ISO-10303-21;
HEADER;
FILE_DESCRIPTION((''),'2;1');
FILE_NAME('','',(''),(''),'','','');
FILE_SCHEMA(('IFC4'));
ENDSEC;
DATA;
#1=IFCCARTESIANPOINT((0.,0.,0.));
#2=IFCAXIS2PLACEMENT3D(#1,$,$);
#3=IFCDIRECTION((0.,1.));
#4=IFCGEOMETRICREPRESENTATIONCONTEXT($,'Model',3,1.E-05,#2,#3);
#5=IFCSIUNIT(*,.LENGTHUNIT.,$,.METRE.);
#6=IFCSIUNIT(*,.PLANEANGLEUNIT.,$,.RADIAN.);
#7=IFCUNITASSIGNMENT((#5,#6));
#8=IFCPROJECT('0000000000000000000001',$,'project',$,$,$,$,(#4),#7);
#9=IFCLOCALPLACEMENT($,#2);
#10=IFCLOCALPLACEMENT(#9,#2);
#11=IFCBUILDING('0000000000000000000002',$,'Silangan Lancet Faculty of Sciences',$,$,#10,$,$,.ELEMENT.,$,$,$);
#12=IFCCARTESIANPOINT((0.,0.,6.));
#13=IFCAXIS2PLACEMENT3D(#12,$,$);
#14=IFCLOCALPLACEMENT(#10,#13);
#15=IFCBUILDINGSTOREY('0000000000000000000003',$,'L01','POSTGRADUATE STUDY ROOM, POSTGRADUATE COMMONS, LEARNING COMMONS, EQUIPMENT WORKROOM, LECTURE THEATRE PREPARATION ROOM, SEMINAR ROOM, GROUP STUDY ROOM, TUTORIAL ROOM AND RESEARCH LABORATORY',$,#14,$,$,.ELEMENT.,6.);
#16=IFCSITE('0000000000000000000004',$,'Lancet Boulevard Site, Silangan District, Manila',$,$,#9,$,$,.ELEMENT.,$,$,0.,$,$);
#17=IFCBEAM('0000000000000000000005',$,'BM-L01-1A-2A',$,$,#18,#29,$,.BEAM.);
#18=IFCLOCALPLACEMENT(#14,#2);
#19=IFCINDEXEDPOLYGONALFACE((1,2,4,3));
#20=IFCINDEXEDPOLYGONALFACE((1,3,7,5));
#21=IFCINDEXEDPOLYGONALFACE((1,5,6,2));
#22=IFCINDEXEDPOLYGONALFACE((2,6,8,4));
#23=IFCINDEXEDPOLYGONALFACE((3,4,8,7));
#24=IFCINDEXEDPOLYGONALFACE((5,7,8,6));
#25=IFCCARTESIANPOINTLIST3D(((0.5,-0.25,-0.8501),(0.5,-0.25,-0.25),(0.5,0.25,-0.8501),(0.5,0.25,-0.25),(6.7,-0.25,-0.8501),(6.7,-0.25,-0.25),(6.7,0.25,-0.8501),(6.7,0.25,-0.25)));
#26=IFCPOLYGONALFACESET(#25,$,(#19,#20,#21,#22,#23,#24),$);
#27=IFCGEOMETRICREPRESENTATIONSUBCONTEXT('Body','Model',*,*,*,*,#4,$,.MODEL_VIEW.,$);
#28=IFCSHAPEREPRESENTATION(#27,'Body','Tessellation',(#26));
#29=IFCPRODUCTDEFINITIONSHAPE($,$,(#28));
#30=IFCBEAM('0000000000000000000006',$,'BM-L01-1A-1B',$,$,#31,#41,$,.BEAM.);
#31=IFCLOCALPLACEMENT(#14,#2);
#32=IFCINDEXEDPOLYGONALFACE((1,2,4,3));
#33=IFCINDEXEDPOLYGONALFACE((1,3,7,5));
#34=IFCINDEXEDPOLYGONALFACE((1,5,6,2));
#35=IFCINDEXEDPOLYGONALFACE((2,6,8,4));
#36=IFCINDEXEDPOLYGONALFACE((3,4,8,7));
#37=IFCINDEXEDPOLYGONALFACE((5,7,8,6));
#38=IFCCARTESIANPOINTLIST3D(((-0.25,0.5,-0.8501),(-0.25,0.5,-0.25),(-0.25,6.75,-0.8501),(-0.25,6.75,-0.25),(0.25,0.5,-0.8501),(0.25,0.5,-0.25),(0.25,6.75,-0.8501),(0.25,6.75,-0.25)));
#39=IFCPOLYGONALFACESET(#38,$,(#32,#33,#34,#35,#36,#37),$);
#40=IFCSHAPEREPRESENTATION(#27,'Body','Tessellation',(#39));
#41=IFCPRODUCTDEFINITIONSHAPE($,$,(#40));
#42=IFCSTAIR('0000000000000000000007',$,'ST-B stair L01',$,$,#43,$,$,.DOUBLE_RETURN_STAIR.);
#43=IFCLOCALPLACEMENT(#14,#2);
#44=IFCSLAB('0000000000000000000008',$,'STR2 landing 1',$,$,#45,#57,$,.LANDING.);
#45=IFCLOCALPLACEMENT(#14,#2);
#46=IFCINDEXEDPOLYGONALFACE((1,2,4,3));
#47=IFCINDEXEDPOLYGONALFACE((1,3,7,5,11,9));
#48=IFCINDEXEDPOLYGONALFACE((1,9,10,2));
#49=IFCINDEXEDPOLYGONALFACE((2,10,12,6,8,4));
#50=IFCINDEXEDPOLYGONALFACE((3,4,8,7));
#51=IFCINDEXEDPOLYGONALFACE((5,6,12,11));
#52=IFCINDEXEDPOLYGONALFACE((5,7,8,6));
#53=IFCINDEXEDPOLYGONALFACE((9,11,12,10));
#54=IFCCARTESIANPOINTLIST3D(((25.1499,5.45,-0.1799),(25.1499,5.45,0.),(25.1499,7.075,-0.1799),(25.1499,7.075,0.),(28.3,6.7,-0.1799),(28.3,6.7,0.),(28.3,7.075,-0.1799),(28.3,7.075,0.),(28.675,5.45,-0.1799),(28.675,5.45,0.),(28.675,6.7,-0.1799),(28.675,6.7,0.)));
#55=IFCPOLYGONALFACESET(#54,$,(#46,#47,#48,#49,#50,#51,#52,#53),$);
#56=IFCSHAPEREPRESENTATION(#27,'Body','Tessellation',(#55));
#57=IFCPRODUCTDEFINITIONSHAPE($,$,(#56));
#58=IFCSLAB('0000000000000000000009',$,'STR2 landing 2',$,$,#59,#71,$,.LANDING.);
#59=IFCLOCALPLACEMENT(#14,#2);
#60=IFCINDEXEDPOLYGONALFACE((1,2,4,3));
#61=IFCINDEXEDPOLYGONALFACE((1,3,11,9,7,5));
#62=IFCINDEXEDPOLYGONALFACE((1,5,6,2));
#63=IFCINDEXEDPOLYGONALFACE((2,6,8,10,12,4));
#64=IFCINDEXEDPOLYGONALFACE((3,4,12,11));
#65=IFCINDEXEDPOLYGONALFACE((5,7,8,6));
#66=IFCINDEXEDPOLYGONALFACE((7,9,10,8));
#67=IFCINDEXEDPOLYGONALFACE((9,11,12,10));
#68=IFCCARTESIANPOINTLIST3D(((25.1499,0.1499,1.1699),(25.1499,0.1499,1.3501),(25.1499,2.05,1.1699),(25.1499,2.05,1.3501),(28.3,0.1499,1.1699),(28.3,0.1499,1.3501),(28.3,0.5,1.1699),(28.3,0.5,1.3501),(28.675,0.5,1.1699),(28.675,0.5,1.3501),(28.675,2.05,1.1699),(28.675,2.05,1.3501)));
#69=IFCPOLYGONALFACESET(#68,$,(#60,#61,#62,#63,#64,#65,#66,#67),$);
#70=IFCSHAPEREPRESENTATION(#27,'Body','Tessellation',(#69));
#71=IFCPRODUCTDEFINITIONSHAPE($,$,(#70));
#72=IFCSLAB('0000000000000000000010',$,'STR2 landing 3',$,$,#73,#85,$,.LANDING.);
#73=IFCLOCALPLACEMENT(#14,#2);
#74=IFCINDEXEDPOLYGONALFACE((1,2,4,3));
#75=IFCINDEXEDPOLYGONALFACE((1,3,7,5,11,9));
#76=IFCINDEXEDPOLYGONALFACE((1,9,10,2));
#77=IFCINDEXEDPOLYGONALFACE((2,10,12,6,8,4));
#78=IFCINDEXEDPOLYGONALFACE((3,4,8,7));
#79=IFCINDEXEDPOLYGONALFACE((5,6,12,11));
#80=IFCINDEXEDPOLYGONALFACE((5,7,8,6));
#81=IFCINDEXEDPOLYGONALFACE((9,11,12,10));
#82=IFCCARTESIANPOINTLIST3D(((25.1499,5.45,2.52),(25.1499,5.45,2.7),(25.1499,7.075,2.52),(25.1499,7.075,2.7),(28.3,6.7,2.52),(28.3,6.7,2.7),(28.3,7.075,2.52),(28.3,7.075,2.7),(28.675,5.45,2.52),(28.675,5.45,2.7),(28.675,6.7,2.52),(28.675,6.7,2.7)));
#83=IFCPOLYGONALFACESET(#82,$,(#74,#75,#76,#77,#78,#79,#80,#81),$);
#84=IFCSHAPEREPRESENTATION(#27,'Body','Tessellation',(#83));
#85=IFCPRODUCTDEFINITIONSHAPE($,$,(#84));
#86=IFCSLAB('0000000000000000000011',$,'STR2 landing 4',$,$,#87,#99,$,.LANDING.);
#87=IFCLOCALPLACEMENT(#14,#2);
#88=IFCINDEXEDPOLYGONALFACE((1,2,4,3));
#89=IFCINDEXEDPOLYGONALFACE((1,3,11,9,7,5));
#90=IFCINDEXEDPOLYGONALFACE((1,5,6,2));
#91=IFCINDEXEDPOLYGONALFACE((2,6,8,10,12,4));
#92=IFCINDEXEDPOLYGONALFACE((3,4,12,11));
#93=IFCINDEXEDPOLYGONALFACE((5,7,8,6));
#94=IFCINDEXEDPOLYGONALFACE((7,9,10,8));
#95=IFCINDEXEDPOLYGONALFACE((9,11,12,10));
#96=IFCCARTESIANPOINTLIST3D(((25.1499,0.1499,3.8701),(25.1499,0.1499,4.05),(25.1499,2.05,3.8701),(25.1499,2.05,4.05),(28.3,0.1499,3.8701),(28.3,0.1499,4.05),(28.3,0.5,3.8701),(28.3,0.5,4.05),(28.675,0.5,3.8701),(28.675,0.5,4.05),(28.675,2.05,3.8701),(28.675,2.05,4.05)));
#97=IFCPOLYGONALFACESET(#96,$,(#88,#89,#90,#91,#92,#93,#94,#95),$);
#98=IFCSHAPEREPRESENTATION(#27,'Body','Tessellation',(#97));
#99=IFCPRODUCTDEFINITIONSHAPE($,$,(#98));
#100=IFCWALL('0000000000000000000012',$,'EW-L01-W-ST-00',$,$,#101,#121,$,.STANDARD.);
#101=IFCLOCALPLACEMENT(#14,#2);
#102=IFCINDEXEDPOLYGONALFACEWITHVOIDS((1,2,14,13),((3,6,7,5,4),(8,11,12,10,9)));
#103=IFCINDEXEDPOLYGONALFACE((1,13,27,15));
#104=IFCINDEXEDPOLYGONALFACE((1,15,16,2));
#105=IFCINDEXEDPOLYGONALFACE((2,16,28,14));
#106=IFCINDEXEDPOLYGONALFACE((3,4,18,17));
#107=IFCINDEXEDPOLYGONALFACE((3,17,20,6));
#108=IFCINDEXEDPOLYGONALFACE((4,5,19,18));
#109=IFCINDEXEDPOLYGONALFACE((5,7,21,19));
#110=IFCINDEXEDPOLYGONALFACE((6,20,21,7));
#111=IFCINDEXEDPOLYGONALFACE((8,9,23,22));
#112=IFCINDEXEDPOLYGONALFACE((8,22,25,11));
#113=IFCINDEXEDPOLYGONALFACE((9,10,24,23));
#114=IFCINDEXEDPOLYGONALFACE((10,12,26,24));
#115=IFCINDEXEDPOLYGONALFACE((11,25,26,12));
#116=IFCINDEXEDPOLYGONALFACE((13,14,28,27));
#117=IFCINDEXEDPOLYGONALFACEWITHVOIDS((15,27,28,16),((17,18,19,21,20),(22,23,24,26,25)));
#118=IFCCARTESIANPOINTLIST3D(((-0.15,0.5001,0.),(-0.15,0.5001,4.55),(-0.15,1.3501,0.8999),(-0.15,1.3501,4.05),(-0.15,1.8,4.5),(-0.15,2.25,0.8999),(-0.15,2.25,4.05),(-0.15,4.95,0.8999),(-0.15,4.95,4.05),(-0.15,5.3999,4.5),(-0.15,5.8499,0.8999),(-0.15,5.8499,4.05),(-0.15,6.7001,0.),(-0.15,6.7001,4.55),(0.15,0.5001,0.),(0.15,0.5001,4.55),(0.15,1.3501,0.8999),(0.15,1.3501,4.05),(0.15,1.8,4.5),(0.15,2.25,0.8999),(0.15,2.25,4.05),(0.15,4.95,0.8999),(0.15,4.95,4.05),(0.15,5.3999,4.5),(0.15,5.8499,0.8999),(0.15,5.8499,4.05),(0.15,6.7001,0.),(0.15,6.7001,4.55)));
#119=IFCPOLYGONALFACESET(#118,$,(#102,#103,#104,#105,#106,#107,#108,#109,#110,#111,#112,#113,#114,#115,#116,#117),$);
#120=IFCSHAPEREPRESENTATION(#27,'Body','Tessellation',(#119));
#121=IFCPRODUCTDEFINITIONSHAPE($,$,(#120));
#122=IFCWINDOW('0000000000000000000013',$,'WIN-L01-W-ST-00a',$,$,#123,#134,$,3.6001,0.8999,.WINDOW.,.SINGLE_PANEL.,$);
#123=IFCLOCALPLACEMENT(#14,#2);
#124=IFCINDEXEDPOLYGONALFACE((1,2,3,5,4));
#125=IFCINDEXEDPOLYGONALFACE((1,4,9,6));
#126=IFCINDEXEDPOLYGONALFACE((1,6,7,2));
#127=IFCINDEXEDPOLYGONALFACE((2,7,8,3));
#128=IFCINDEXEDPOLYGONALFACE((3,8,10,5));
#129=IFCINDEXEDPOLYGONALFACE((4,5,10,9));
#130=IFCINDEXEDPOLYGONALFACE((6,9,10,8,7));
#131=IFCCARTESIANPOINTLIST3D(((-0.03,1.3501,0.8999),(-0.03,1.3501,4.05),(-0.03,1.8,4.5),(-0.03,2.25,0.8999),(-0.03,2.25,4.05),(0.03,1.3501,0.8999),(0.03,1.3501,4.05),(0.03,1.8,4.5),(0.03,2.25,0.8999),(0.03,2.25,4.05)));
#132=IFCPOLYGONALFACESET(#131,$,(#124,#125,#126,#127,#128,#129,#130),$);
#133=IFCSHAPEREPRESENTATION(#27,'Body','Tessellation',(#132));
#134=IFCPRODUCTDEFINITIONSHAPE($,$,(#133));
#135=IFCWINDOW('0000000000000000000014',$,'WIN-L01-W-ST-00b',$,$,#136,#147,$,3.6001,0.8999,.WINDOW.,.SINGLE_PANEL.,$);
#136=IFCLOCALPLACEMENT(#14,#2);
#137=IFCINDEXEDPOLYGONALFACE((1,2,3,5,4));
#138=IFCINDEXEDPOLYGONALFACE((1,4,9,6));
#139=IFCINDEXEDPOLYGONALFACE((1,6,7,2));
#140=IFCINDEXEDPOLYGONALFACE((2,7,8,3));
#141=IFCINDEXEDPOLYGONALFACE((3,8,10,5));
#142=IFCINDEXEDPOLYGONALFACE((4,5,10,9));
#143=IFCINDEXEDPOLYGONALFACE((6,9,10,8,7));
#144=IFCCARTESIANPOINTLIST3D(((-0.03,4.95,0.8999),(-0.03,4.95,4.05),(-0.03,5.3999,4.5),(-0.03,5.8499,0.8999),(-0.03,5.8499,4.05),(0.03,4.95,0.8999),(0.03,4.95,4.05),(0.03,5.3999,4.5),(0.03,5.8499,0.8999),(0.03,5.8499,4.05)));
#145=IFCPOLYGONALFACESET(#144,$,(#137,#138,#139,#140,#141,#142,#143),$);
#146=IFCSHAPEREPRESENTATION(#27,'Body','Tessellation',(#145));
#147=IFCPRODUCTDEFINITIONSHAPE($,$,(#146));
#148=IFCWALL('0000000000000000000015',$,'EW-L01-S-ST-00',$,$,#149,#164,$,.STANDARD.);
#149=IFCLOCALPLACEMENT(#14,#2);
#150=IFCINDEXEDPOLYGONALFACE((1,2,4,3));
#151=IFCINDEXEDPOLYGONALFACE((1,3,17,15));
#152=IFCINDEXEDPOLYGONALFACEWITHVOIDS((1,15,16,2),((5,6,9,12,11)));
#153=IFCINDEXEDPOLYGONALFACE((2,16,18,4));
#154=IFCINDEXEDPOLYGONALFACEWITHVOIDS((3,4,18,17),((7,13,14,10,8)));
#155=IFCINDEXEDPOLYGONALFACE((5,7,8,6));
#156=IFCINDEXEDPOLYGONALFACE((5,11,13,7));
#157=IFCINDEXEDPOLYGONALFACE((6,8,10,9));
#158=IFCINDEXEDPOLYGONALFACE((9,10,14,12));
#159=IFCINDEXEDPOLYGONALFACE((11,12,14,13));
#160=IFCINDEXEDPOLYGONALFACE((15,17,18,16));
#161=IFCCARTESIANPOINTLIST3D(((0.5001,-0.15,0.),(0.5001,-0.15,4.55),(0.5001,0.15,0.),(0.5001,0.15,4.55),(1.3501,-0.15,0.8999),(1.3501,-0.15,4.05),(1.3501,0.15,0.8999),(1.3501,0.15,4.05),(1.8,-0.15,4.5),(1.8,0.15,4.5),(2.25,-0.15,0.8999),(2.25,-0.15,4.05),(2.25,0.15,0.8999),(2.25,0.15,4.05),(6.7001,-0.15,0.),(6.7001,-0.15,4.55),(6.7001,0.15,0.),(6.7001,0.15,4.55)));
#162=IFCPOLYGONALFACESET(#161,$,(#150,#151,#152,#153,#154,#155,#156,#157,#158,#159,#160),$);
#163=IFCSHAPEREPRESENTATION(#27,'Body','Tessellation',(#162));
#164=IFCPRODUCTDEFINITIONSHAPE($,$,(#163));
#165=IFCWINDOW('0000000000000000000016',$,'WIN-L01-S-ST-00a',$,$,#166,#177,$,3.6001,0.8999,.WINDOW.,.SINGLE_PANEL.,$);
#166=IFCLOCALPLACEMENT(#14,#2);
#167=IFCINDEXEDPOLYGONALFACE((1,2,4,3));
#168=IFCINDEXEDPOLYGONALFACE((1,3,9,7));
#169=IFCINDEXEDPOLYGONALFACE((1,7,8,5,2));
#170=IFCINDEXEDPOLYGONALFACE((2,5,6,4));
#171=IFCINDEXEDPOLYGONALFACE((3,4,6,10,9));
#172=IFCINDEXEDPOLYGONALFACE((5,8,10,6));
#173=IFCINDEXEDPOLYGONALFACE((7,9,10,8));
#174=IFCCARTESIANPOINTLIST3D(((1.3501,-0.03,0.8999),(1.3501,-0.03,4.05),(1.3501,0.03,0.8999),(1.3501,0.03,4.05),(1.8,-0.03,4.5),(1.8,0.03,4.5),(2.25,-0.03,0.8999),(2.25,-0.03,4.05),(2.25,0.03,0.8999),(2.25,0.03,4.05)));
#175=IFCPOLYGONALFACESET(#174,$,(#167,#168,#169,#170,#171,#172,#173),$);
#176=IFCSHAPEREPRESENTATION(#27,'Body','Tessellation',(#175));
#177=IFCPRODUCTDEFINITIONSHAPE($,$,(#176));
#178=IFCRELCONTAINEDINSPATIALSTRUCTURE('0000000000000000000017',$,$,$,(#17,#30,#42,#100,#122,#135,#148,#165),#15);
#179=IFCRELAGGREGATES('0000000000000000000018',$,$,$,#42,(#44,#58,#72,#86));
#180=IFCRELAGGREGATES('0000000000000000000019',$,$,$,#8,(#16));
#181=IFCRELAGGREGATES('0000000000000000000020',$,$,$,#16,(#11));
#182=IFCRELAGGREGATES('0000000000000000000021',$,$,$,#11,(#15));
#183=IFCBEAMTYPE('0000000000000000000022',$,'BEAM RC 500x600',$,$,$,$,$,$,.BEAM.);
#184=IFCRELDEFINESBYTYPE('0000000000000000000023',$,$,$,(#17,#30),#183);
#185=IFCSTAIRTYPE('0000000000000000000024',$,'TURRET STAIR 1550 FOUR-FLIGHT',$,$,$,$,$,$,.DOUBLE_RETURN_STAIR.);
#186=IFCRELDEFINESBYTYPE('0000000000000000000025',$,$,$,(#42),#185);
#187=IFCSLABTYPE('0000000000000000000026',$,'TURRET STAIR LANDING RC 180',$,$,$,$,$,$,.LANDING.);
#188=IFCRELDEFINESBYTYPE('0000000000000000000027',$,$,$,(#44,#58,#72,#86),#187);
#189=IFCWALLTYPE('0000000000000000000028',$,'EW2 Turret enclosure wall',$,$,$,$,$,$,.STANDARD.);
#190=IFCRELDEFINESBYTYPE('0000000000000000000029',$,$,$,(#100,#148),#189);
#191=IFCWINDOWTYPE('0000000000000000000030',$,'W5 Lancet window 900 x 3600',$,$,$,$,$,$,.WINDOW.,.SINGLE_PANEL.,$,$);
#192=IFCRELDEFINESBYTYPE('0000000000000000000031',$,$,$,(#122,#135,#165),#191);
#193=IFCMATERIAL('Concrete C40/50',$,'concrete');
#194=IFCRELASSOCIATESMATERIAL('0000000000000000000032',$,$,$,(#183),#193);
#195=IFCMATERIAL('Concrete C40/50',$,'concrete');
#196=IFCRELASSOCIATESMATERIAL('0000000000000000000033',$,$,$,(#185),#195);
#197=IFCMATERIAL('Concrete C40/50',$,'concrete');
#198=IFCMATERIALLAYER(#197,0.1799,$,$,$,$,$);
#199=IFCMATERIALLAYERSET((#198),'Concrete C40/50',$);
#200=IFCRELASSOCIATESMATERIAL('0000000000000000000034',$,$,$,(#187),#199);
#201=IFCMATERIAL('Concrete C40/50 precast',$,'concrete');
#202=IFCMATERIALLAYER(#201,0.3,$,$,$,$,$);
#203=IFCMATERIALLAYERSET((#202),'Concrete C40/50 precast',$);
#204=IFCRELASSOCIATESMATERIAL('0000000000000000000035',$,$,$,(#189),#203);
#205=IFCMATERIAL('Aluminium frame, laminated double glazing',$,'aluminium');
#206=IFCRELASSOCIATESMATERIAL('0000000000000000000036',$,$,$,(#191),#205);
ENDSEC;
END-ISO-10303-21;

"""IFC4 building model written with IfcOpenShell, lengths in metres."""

from ifc_helpers import new_model, si_unit, direction, frame, frame_2d, origin, origin_2d, place, context, subcontext, project, spatial, polyline, rectangle, outline, extrude, material, layer, layer_set, material_profile, profile_set, type_object, element, fill, aggregate, save


model = new_model("IFC4")

# Units and contexts
model_context = context("Model", 3, precision=1e-05, world=origin(), true_north=direction((0.0, 1.0)))
body_context = subcontext(model_context, "Body", "Model", "MODEL_VIEW")
ifc_project = project(units=[si_unit("LENGTHUNIT", "METRE"), si_unit("PLANEANGLEUNIT", "RADIAN")], contexts=[model_context])

# Site, building, storey
site_placement = place(None, origin())
site = spatial("IfcSite", under=ifc_project, at=site_placement, Name="Lancet Boulevard Site, Silangan District, Manila", CompositionType="ELEMENT", RefElevation=0.0)
building_placement = place(site_placement, origin())
building = spatial("IfcBuilding", under=site, at=building_placement, Name="Silangan Lancet Faculty of Sciences", CompositionType="ELEMENT")
storey_placement = place(building_placement, frame((0.0, 0.0, 6.0)))
storey = spatial("IfcBuildingStorey", under=building, at=storey_placement, Name="L01", Description="POSTGRADUATE STUDY ROOM, POSTGRADUATE COMMONS, LEARNING COMMONS, EQUIPMENT WORKROOM, LECTURE THEATRE PREPARATION ROOM, SEMINAR ROOM, GROUP STUDY ROOM, TUTORIAL ROOM AND RESEARCH LABORATORY", CompositionType="ELEMENT", Elevation=6.0)

# Beams
ifc_material_1 = material(Name="Concrete C40/50", Category="concrete")
ifc_material_profile = material_profile(ifc_material_1, rectangle(XDim=0.5, YDim=0.6001, at=origin_2d()), Name="RC 500x600")
ifc_profile_set = profile_set([ifc_material_profile], Name="Concrete C40/50")
beam_type = type_object("IfcBeamType", Name="BEAM RC 500x600", PredefinedType="BEAM", material=ifc_profile_set)
beam_1_placement = place(storey_placement, frame((0.5, 0.0, -0.55), z_axis=(1.0, 0.0, 0.0), x_axis=(0.0, 1.0, 0.0)))
element("IfcBeam", 1, at=beam_1_placement, inside=storey, type_object=beam_type, Name="BM-L01-1A-2A", PredefinedType="BEAM", context=body_context, shape_type="SweptSolid", body=[
    extrude(rectangle(XDim=0.5, YDim=0.6001, at=origin_2d()), origin(), (0.0, 0.0, 1.0), 6.2),
])
beam_2_placement = place(storey_placement, frame((0.0, 0.5, -0.55), z_axis=(0.0, 1.0, 0.0), x_axis=(-1.0, 0.0, 0.0)))
element("IfcBeam", 2, at=beam_2_placement, inside=storey, type_object=beam_type, Name="BM-L01-1A-1B", PredefinedType="BEAM", context=body_context, shape_type="SweptSolid", body=[
    extrude(rectangle(XDim=0.5, YDim=0.6001, at=origin_2d()), origin(), (0.0, 0.0, 1.0), 6.25),
])

# Stair, slabs
ifc_material_2 = material(Name="Concrete C40/50", Category="concrete")
stair_type = type_object("IfcStairType", Name="TURRET STAIR 1550 FOUR-FLIGHT", PredefinedType="DOUBLE_RETURN_STAIR", material=ifc_material_2)
stair_placement = place(storey_placement, origin())
stair = element("IfcStair", 3, at=stair_placement, inside=storey, type_object=stair_type, Name="ST-B stair L01", PredefinedType="DOUBLE_RETURN_STAIR")
ifc_material_3 = material(Name="Concrete C40/50", Category="concrete")
ifc_layer_1 = layer(ifc_material_3, 0.1799)
ifc_layer_set_1 = layer_set([ifc_layer_1], Name="Concrete C40/50")
slab_type = type_object("IfcSlabType", Name="TURRET STAIR LANDING RC 180", PredefinedType="LANDING", material=ifc_layer_set_1)
slab_1_placement = place(storey_placement, frame((0.0, 0.0, -0.1799)))
slab_1 = element("IfcSlab", 4, at=slab_1_placement, type_object=slab_type, Name="STR2 landing 1", PredefinedType="LANDING", context=body_context, shape_type="SweptSolid", body=[
    extrude(outline(polyline([(28.3, 7.075), (28.3, 6.7), (28.675, 6.7), (28.675, 5.45), (25.1499, 5.45), (25.1499, 7.075), (28.3, 7.075)])), origin(), (0.0, 0.0, 1.0), 0.1799),
])
slab_2_placement = place(storey_placement, frame((0.0, 0.0, 1.1699)))
slab_2 = element("IfcSlab", 5, at=slab_2_placement, type_object=slab_type, Name="STR2 landing 2", PredefinedType="LANDING", context=body_context, shape_type="SweptSolid", body=[
    extrude(outline(polyline([(28.675, 2.05), (28.675, 0.5), (28.3, 0.5), (28.3, 0.1499), (25.1499, 0.1499), (25.1499, 2.05), (28.675, 2.05)])), origin(), (0.0, 0.0, 1.0), 0.1802),
])
slab_3_placement = place(storey_placement, frame((0.0, 0.0, 2.52)))
slab_3 = element("IfcSlab", 6, at=slab_3_placement, type_object=slab_type, Name="STR2 landing 3", PredefinedType="LANDING", context=body_context, shape_type="SweptSolid", body=[
    extrude(outline(polyline([(28.3, 7.075), (28.3, 6.7), (28.675, 6.7), (28.675, 5.45), (25.1499, 5.45), (25.1499, 7.075), (28.3, 7.075)])), origin(), (0.0, 0.0, 1.0), 0.1799),
])
slab_4_placement = place(storey_placement, frame((0.0, 0.0, 3.8701)))
slab_4 = element("IfcSlab", 7, at=slab_4_placement, type_object=slab_type, Name="STR2 landing 4", PredefinedType="LANDING", context=body_context, shape_type="SweptSolid", body=[
    extrude(outline(polyline([(28.675, 2.05), (28.675, 0.5), (28.3, 0.5), (28.3, 0.1499), (25.1499, 0.1499), (25.1499, 2.05), (28.675, 2.05)])), origin(), (0.0, 0.0, 1.0), 0.1799),
])
aggregate(stair, [slab_1, slab_2, slab_3, slab_4])

# Wall, openings, windows
ifc_material_4 = material(Name="Concrete C40/50 precast", Category="concrete")
ifc_layer_2 = layer(ifc_material_4, 0.3)
ifc_layer_set_2 = layer_set([ifc_layer_2], Name="Concrete C40/50 precast")
wall_type_1 = type_object("IfcWallType", Name="EW2 Turret enclosure wall", PredefinedType="STANDARD", material=ifc_layer_set_2)
wall_1_placement = place(storey_placement, frame((0.0, 0.5, 0.0), z_axis=(0.0, 0.0, 1.0), x_axis=(0.0, 1.0, 0.0)))
wall_1 = element("IfcWall", 8, at=wall_1_placement, inside=storey, type_object=wall_type_1, Name="EW-L01-W-ST-00", PredefinedType="STANDARD", context=body_context, shape_type="SweptSolid", body=[
    extrude(rectangle(XDim=6.2, YDim=0.3, at=frame_2d((3.1001, 0.0))), origin(), (0.0, 0.0, 1.0), 4.55),
])
opening_1_placement = place(wall_1_placement, frame((0.8501, 0.0, 0.8999)))
opening_1 = element("IfcOpeningElement", 9, at=opening_1_placement, cuts=wall_1, PredefinedType="OPENING", context=body_context, shape_type="SweptSolid", body=[
    extrude(outline(polyline([(0.0, 0.0), (0.8999, 0.0), (0.8999, 3.1501), (0.45, 3.6001), (0.0, 3.1501), (0.0, 0.0)])), frame((0.0, 0.1599, 0.0), z_axis=(0.0, -1.0, 0.0), x_axis=(1.0, 0.0, 0.0)), (0.0, 0.0, 1.0), 0.3201),
])
opening_2_placement = place(wall_1_placement, frame((4.45, 0.0, 0.8999)))
opening_2 = element("IfcOpeningElement", 10, at=opening_2_placement, cuts=wall_1, PredefinedType="OPENING", context=body_context, shape_type="SweptSolid", body=[
    extrude(outline(polyline([(0.0, 0.0), (0.8999, 0.0), (0.8999, 3.1501), (0.45, 3.6001), (0.0, 3.1501), (0.0, 0.0)])), frame((0.0, 0.1599, 0.0), z_axis=(0.0, -1.0, 0.0), x_axis=(1.0, 0.0, 0.0)), (0.0, 0.0, 1.0), 0.3201),
])
ifc_material_5 = material(Name="Aluminium frame, laminated double glazing", Category="aluminium")
window_type = type_object("IfcWindowType", Name="W5 Lancet window 900 x 3600", PartitioningType="SINGLE_PANEL", PredefinedType="WINDOW", material=ifc_material_5)
window_1_placement = place(opening_1_placement, origin())
window_1 = element("IfcWindow", 11, at=window_1_placement, inside=storey, type_object=window_type, Name="WIN-L01-W-ST-00a", OverallHeight=3.6001, OverallWidth=0.8999, PartitioningType="SINGLE_PANEL", PredefinedType="WINDOW", context=body_context, shape_type="SweptSolid", body=[
    extrude(outline(polyline([(0.0, 0.0), (0.8999, 0.0), (0.8999, 3.1501), (0.45, 3.6001), (0.0, 3.1501), (0.0, 0.0)])), frame((0.0, 0.03, 0.0), z_axis=(0.0, -1.0, 0.0), x_axis=(1.0, 0.0, 0.0)), (0.0, 0.0, 1.0), 0.0601),
])
fill(opening_1, window_1)
window_2_placement = place(opening_2_placement, origin())
window_2 = element("IfcWindow", 12, at=window_2_placement, inside=storey, type_object=window_type, Name="WIN-L01-W-ST-00b", OverallHeight=3.6001, OverallWidth=0.8999, PartitioningType="SINGLE_PANEL", PredefinedType="WINDOW", context=body_context, shape_type="SweptSolid", body=[
    extrude(outline(polyline([(0.0, 0.0), (0.8999, 0.0), (0.8999, 3.1501), (0.45, 3.6001), (0.0, 3.1501), (0.0, 0.0)])), frame((0.0, 0.03, 0.0), z_axis=(0.0, -1.0, 0.0), x_axis=(1.0, 0.0, 0.0)), (0.0, 0.0, 1.0), 0.0601),
])
fill(opening_2, window_2)

# Wall, opening, window
wall_2_placement = place(storey_placement, frame((0.5, 0.0, 0.0), z_axis=(0.0, 0.0, 1.0), x_axis=(1.0, 0.0, 0.0)))
wall_2 = element("IfcWall", 13, at=wall_2_placement, inside=storey, type_object=wall_type_1, Name="EW-L01-S-ST-00", PredefinedType="STANDARD", context=body_context, shape_type="SweptSolid", body=[
    extrude(rectangle(XDim=6.2, YDim=0.3, at=frame_2d((3.1001, 0.0))), origin(), (0.0, 0.0, 1.0), 4.55),
])
opening_3_placement = place(wall_2_placement, frame((0.8501, 0.0, 0.8999)))
opening_3 = element("IfcOpeningElement", 14, at=opening_3_placement, cuts=wall_2, PredefinedType="OPENING", context=body_context, shape_type="SweptSolid", body=[
    extrude(outline(polyline([(0.0, 0.0), (0.8999, 0.0), (0.8999, 3.1501), (0.45, 3.6001), (0.0, 3.1501), (0.0, 0.0)])), frame((0.0, 0.1599, 0.0), z_axis=(0.0, -1.0, 0.0), x_axis=(1.0, 0.0, 0.0)), (0.0, 0.0, 1.0), 0.3201),
])
window_3_placement = place(opening_3_placement, origin())
window_3 = element("IfcWindow", 15, at=window_3_placement, inside=storey, type_object=window_type, Name="WIN-L01-S-ST-00a", OverallHeight=3.6001, OverallWidth=0.8999, PartitioningType="SINGLE_PANEL", PredefinedType="WINDOW", context=body_context, shape_type="SweptSolid", body=[
    extrude(outline(polyline([(0.0, 0.0), (0.8999, 0.0), (0.8999, 3.1501), (0.45, 3.6001), (0.0, 3.1501), (0.0, 0.0)])), frame((0.0, 0.03, 0.0), z_axis=(0.0, -1.0, 0.0), x_axis=(1.0, 0.0, 0.0)), (0.0, 0.0, 1.0), 0.0601),
])
fill(opening_3, window_3)

save(model, "model.ifc")
